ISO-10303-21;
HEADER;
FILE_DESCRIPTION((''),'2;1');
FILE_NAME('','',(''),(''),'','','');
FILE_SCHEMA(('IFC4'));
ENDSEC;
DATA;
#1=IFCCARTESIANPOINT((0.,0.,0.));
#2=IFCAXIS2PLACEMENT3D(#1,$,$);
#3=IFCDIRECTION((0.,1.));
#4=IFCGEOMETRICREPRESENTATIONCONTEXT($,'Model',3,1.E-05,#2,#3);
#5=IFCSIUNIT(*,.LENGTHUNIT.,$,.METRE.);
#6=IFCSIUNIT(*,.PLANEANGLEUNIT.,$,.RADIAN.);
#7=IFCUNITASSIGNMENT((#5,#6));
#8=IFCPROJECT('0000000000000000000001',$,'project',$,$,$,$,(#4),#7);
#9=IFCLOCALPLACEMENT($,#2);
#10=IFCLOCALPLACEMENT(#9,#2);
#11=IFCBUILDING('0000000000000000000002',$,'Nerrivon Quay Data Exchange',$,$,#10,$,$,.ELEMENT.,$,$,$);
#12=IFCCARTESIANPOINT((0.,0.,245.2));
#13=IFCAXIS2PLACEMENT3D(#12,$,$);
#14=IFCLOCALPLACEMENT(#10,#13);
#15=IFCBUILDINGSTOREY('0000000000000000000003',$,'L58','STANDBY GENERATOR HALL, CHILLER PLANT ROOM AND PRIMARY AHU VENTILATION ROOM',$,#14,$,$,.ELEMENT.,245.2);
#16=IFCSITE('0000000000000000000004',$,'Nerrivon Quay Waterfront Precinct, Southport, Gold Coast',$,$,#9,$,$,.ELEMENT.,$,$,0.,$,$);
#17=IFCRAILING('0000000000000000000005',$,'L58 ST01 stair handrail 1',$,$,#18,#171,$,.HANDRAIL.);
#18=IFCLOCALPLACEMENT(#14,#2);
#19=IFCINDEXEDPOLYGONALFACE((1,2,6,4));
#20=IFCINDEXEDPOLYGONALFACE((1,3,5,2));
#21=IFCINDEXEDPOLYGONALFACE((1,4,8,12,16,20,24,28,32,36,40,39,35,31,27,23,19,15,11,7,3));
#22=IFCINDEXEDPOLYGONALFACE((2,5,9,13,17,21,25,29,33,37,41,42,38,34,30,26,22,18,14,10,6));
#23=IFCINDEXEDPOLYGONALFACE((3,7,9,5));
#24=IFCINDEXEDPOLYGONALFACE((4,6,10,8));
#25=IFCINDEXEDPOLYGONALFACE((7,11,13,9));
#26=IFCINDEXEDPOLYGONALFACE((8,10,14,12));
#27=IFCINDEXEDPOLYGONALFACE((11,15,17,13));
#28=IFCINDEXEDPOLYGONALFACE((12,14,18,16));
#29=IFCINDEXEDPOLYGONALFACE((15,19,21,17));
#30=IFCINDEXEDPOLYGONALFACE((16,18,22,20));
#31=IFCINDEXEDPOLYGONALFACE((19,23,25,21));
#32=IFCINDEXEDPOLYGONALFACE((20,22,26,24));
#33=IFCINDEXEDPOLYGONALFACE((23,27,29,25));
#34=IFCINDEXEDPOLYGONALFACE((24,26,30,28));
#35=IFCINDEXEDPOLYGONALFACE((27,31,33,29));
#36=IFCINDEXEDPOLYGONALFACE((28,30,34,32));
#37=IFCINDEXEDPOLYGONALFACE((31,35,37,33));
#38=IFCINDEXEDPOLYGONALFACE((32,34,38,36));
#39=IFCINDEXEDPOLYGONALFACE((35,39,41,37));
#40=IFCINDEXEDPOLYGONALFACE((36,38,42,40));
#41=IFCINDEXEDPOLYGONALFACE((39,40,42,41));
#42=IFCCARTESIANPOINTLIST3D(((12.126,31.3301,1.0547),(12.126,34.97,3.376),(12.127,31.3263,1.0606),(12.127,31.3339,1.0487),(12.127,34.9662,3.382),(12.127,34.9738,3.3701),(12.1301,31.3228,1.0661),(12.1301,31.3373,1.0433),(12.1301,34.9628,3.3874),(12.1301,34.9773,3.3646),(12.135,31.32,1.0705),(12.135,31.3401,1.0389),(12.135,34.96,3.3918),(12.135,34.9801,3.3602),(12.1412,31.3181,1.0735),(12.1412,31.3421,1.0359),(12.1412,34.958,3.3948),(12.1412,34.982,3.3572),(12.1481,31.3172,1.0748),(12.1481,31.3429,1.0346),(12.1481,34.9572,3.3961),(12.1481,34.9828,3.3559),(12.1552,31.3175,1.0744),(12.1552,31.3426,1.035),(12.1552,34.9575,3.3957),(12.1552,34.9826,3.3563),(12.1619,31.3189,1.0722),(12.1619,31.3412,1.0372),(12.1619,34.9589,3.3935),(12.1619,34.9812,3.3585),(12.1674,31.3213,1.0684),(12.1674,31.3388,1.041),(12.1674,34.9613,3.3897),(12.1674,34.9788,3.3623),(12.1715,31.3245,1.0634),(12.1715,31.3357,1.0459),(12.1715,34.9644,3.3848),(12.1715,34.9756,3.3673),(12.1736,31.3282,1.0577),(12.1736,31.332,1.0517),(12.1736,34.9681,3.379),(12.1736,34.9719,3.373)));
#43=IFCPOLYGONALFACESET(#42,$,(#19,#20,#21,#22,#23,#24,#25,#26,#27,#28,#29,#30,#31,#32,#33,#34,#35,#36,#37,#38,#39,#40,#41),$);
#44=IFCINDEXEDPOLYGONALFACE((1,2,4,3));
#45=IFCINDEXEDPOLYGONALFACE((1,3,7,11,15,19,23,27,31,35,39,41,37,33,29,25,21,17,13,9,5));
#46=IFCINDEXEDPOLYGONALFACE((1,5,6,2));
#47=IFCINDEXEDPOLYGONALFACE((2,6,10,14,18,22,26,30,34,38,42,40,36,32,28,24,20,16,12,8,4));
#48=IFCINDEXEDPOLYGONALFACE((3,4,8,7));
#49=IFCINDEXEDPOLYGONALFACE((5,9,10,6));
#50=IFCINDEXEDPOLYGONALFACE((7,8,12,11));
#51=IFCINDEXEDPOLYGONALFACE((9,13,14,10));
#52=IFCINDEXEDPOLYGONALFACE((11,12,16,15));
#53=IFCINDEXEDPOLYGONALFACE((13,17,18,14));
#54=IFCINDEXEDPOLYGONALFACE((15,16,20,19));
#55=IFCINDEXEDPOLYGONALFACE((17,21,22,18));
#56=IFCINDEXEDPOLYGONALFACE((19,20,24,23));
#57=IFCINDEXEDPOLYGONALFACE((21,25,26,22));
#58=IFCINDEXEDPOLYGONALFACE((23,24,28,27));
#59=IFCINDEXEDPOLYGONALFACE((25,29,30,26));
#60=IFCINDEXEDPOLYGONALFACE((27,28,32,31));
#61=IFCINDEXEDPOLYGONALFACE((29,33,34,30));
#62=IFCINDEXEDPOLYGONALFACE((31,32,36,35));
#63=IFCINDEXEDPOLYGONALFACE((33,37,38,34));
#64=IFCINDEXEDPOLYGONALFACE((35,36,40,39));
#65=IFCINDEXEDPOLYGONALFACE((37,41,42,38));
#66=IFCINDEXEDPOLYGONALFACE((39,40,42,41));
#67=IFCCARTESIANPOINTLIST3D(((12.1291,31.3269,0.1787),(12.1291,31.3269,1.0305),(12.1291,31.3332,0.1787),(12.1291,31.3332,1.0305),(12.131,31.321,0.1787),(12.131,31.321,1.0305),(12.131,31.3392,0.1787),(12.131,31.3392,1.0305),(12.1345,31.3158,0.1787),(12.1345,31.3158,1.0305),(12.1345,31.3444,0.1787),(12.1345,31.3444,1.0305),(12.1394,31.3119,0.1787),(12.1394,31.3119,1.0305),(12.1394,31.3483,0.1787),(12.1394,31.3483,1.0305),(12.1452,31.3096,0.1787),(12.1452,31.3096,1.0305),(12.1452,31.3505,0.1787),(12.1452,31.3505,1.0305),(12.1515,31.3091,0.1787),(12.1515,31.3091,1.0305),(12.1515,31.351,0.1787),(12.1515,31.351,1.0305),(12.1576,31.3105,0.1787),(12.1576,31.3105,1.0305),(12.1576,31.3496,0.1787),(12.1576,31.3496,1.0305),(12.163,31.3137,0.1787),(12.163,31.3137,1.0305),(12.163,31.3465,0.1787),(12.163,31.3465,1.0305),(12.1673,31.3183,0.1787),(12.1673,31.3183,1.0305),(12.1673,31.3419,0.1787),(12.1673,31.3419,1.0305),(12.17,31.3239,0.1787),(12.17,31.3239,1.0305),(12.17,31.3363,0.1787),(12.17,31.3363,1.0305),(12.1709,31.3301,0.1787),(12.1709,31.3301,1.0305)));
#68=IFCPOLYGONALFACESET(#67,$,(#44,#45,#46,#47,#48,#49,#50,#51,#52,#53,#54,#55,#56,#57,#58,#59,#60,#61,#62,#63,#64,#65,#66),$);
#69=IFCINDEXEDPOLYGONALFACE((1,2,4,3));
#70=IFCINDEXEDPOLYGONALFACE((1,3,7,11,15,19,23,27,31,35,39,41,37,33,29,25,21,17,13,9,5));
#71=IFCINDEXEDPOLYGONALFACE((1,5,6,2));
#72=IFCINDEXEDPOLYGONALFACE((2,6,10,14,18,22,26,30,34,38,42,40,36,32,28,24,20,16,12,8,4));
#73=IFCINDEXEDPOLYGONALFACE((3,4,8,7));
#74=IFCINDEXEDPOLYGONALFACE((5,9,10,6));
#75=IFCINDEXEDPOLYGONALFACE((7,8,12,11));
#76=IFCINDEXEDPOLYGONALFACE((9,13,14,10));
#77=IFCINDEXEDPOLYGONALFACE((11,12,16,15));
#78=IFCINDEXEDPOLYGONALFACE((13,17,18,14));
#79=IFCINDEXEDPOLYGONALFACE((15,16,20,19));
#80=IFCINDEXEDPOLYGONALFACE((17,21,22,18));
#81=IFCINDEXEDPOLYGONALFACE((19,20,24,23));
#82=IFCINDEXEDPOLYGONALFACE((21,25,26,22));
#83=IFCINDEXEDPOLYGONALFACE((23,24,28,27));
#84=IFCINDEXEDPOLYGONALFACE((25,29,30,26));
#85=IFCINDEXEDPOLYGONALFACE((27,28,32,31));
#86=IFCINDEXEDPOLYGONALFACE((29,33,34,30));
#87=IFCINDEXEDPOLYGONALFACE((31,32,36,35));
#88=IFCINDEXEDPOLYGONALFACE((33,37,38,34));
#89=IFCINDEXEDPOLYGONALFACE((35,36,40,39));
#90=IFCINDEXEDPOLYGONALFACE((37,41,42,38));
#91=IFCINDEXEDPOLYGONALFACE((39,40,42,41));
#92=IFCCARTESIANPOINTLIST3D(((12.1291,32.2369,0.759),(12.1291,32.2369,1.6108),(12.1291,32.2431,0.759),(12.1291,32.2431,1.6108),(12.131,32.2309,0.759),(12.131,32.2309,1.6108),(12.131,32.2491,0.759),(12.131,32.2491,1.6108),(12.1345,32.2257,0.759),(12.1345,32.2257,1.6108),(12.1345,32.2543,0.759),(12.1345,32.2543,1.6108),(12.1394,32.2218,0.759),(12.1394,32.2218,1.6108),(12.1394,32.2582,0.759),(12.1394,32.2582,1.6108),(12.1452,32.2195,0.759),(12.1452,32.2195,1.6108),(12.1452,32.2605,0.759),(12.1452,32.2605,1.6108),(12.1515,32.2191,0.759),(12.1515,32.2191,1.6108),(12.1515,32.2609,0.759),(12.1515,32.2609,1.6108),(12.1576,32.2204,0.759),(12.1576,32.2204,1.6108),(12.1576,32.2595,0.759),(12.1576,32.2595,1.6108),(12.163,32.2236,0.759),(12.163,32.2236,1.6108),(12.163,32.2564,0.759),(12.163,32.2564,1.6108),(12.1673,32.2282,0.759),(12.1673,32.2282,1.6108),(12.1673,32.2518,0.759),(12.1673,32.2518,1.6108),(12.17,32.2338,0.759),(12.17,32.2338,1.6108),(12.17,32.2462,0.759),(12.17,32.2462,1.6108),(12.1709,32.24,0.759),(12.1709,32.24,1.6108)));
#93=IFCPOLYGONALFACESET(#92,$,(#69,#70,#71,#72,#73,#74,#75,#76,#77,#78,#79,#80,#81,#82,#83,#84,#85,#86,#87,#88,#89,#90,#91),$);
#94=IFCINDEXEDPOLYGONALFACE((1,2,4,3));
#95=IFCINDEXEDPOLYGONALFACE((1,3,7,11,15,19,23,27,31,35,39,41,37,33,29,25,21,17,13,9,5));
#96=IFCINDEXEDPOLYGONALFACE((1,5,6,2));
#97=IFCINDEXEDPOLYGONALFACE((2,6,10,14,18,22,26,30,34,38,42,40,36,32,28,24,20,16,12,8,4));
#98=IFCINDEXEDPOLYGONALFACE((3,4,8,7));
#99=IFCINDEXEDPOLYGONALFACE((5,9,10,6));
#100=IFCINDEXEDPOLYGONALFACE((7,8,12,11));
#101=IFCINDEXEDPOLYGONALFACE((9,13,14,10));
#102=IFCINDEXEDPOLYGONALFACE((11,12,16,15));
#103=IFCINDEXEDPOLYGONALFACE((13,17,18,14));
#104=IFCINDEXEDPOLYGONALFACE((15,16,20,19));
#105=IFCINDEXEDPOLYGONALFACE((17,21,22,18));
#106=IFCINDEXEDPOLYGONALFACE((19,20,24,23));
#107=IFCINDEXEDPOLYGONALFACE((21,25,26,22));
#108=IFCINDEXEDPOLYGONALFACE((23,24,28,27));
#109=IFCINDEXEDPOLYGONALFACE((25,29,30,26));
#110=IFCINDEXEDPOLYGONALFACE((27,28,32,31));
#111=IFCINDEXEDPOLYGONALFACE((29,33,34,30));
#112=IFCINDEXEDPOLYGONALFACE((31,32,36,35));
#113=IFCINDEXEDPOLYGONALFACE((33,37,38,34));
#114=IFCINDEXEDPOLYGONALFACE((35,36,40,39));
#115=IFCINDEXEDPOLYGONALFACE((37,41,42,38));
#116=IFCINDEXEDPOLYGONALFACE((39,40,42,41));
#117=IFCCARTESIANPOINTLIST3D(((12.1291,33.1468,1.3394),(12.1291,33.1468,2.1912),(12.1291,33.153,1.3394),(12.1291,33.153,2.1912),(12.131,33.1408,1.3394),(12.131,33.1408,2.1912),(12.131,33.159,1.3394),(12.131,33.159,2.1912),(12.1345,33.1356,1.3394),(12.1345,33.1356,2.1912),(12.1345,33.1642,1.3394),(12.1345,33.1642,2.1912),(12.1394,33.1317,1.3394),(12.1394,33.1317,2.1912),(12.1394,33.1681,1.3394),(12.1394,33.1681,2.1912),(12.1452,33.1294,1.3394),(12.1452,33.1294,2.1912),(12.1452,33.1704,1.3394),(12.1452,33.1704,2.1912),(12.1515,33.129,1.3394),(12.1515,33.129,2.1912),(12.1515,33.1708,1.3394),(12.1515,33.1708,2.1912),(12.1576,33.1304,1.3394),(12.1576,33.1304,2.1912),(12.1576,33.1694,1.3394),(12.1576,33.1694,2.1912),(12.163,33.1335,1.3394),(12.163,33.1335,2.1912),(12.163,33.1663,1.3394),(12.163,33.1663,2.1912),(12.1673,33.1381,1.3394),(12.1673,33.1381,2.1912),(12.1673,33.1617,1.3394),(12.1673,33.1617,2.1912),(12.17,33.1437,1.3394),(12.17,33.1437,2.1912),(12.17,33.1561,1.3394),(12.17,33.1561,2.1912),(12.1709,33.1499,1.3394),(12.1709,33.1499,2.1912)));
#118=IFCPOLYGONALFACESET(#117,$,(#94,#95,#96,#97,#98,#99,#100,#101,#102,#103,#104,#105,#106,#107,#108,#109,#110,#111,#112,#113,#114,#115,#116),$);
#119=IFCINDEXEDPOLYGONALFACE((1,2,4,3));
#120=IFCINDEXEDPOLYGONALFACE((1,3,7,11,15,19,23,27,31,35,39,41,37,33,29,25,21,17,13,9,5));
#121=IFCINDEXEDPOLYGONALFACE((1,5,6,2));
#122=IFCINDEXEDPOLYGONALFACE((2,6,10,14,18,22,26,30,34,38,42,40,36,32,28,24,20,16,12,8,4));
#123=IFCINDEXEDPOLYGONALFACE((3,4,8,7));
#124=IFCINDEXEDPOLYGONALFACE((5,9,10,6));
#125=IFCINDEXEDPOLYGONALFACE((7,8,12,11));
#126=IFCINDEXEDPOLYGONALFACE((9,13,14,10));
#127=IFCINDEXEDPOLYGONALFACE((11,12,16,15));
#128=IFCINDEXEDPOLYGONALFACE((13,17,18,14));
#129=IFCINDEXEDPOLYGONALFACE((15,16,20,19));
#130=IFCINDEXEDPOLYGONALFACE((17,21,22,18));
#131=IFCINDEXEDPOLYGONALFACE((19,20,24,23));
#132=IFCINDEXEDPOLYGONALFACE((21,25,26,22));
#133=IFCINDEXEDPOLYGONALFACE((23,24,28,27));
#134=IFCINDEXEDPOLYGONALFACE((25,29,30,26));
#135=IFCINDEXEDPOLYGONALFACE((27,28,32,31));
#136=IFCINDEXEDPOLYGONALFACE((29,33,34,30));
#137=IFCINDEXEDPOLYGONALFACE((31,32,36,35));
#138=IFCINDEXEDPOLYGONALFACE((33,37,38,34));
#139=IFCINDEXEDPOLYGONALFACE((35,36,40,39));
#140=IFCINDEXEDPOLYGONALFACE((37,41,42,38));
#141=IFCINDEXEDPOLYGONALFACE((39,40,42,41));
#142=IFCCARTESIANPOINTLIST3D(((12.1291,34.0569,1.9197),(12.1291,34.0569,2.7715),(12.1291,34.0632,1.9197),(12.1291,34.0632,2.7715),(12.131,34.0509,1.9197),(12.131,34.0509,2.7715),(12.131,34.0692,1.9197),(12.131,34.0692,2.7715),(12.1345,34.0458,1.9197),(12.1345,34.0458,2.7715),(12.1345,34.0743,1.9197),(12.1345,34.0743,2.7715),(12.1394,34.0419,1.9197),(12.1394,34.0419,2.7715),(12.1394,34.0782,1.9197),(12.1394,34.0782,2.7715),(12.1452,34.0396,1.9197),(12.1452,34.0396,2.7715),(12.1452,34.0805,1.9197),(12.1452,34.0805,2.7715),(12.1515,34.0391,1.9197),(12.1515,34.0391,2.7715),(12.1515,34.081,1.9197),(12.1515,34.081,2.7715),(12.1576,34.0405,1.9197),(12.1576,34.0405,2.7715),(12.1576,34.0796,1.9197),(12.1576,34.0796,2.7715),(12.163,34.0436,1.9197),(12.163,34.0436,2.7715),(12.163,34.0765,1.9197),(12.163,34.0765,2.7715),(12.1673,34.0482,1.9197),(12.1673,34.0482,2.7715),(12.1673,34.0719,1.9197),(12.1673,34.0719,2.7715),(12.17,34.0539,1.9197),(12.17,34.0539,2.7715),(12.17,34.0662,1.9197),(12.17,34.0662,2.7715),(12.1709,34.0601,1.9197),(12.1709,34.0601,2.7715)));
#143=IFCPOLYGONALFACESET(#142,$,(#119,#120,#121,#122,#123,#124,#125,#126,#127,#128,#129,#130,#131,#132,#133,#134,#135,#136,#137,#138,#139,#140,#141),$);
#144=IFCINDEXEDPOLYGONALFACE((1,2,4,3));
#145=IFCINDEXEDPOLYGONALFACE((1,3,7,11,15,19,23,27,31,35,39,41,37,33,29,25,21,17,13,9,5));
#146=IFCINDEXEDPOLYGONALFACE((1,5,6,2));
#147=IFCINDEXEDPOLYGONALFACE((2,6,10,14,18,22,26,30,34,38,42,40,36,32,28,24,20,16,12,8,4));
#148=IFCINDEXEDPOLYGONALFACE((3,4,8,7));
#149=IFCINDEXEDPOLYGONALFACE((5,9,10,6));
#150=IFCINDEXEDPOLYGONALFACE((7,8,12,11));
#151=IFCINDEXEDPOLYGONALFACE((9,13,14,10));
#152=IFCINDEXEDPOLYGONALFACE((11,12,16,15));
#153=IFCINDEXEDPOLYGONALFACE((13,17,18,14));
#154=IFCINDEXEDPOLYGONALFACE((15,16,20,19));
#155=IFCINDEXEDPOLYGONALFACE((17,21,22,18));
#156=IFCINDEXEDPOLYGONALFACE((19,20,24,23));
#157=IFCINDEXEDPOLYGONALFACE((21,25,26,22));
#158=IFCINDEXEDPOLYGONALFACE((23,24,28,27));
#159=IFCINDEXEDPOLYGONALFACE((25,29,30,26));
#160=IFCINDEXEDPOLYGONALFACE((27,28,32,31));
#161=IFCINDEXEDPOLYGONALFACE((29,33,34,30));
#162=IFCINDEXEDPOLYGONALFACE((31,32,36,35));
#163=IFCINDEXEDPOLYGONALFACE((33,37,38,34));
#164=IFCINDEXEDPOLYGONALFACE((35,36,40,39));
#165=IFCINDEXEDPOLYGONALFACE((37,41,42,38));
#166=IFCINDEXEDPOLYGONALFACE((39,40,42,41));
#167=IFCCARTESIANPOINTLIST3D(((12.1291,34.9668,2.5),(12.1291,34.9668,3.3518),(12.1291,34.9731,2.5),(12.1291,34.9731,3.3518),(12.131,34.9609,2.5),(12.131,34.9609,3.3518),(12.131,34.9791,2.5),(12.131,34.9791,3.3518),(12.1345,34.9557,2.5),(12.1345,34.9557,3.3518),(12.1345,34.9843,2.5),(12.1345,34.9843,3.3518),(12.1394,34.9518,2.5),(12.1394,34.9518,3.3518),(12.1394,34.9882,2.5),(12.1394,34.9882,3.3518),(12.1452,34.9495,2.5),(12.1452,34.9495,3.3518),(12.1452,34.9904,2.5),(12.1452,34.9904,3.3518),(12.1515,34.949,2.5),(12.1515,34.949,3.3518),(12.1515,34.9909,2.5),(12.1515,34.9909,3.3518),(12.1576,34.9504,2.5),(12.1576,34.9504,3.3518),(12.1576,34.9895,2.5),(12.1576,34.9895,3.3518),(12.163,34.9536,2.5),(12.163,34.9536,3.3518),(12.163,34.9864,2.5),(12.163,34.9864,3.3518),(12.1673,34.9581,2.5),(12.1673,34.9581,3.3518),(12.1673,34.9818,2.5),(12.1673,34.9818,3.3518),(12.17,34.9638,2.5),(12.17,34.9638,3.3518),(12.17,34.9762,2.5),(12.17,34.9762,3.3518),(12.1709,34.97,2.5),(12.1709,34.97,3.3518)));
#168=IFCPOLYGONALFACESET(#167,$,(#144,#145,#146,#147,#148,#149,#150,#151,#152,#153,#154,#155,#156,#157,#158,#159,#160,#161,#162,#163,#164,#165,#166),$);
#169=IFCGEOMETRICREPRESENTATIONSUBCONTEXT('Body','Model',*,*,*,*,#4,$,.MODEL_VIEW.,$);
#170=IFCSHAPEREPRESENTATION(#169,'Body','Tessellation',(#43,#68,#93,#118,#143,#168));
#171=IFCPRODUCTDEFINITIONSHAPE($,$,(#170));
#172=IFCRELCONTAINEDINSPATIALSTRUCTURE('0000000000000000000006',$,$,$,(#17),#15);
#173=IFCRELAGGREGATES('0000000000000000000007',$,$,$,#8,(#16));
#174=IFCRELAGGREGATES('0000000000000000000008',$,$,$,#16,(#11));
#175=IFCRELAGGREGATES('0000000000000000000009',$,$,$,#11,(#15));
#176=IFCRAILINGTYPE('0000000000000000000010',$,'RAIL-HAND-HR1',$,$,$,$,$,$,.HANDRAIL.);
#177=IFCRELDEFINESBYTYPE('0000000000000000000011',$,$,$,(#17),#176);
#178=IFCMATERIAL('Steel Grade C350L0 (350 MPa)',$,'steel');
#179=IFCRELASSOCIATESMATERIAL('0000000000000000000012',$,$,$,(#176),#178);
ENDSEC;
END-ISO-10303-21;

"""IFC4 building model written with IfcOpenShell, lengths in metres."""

from ifc_helpers import new_model, si_unit, direction, frame, origin, origin_2d, place, context, subcontext, project, spatial, circle, extrude, material, type_object, element, save


model = new_model("IFC4")

# Units and contexts
model_context = context("Model", 3, precision=1e-05, world=origin(), true_north=direction((0.0, 1.0)))
body_context = subcontext(model_context, "Body", "Model", "MODEL_VIEW")
ifc_project = project(units=[si_unit("LENGTHUNIT", "METRE"), si_unit("PLANEANGLEUNIT", "RADIAN")], contexts=[model_context])

# Site, building, storey
site_placement = place(None, origin())
site = spatial("IfcSite", under=ifc_project, at=site_placement, Name="Nerrivon Quay Waterfront Precinct, Southport, Gold Coast", CompositionType="ELEMENT", RefElevation=0.0)
building_placement = place(site_placement, origin())
building = spatial("IfcBuilding", under=site, at=building_placement, Name="Nerrivon Quay Data Exchange", CompositionType="ELEMENT")
storey_placement = place(building_placement, frame((0.0, 0.0, 245.2)))
storey = spatial("IfcBuildingStorey", under=building, at=storey_placement, Name="L58", Description="STANDBY GENERATOR HALL, CHILLER PLANT ROOM AND PRIMARY AHU VENTILATION ROOM", CompositionType="ELEMENT", Elevation=245.2)

# Railing
ifc_material_1 = material(Name="Steel Grade C350L0 (350 MPa)", Category="steel")
railing_type_1 = type_object("IfcRailingType", Name="RAIL-HAND-HR1", PredefinedType="HANDRAIL", material=ifc_material_1)
railing_1_placement = place(storey_placement, frame((12.1499, 31.3301, 0.1787)))
element("IfcRailing", 1, at=railing_1_placement, inside=storey, type_object=railing_type_1, Name="L58 ST01 stair handrail 1", PredefinedType="HANDRAIL", context=body_context, shape_type="SweptSolid", body=[
    extrude(circle(Radius=0.0239, at=origin_2d()), frame((0.0, 0.0, 0.876), z_axis=(0.0, 0.843137, 0.537699), x_axis=(-1.0, 0.0, 0.0)), (0.0, 0.0, 1.0), 4.3171),
    extrude(circle(Radius=0.021, at=origin_2d()), origin(), (0.0, 0.0, 1.0), 0.8518),
    extrude(circle(Radius=0.021, at=origin_2d()), frame((0.0, 0.9099, 0.5803)), (0.0, 0.0, 1.0), 0.8518),
    extrude(circle(Radius=0.021, at=origin_2d()), frame((0.0, 1.8198, 1.1606)), (0.0, 0.0, 1.0), 0.8518),
    extrude(circle(Radius=0.021, at=origin_2d()), frame((0.0, 2.73, 1.741)), (0.0, 0.0, 1.0), 0.8518),
    extrude(circle(Radius=0.021, at=origin_2d()), frame((0.0, 3.6399, 2.3213)), (0.0, 0.0, 1.0), 0.8518),
])

save(model, "model.ifc")
